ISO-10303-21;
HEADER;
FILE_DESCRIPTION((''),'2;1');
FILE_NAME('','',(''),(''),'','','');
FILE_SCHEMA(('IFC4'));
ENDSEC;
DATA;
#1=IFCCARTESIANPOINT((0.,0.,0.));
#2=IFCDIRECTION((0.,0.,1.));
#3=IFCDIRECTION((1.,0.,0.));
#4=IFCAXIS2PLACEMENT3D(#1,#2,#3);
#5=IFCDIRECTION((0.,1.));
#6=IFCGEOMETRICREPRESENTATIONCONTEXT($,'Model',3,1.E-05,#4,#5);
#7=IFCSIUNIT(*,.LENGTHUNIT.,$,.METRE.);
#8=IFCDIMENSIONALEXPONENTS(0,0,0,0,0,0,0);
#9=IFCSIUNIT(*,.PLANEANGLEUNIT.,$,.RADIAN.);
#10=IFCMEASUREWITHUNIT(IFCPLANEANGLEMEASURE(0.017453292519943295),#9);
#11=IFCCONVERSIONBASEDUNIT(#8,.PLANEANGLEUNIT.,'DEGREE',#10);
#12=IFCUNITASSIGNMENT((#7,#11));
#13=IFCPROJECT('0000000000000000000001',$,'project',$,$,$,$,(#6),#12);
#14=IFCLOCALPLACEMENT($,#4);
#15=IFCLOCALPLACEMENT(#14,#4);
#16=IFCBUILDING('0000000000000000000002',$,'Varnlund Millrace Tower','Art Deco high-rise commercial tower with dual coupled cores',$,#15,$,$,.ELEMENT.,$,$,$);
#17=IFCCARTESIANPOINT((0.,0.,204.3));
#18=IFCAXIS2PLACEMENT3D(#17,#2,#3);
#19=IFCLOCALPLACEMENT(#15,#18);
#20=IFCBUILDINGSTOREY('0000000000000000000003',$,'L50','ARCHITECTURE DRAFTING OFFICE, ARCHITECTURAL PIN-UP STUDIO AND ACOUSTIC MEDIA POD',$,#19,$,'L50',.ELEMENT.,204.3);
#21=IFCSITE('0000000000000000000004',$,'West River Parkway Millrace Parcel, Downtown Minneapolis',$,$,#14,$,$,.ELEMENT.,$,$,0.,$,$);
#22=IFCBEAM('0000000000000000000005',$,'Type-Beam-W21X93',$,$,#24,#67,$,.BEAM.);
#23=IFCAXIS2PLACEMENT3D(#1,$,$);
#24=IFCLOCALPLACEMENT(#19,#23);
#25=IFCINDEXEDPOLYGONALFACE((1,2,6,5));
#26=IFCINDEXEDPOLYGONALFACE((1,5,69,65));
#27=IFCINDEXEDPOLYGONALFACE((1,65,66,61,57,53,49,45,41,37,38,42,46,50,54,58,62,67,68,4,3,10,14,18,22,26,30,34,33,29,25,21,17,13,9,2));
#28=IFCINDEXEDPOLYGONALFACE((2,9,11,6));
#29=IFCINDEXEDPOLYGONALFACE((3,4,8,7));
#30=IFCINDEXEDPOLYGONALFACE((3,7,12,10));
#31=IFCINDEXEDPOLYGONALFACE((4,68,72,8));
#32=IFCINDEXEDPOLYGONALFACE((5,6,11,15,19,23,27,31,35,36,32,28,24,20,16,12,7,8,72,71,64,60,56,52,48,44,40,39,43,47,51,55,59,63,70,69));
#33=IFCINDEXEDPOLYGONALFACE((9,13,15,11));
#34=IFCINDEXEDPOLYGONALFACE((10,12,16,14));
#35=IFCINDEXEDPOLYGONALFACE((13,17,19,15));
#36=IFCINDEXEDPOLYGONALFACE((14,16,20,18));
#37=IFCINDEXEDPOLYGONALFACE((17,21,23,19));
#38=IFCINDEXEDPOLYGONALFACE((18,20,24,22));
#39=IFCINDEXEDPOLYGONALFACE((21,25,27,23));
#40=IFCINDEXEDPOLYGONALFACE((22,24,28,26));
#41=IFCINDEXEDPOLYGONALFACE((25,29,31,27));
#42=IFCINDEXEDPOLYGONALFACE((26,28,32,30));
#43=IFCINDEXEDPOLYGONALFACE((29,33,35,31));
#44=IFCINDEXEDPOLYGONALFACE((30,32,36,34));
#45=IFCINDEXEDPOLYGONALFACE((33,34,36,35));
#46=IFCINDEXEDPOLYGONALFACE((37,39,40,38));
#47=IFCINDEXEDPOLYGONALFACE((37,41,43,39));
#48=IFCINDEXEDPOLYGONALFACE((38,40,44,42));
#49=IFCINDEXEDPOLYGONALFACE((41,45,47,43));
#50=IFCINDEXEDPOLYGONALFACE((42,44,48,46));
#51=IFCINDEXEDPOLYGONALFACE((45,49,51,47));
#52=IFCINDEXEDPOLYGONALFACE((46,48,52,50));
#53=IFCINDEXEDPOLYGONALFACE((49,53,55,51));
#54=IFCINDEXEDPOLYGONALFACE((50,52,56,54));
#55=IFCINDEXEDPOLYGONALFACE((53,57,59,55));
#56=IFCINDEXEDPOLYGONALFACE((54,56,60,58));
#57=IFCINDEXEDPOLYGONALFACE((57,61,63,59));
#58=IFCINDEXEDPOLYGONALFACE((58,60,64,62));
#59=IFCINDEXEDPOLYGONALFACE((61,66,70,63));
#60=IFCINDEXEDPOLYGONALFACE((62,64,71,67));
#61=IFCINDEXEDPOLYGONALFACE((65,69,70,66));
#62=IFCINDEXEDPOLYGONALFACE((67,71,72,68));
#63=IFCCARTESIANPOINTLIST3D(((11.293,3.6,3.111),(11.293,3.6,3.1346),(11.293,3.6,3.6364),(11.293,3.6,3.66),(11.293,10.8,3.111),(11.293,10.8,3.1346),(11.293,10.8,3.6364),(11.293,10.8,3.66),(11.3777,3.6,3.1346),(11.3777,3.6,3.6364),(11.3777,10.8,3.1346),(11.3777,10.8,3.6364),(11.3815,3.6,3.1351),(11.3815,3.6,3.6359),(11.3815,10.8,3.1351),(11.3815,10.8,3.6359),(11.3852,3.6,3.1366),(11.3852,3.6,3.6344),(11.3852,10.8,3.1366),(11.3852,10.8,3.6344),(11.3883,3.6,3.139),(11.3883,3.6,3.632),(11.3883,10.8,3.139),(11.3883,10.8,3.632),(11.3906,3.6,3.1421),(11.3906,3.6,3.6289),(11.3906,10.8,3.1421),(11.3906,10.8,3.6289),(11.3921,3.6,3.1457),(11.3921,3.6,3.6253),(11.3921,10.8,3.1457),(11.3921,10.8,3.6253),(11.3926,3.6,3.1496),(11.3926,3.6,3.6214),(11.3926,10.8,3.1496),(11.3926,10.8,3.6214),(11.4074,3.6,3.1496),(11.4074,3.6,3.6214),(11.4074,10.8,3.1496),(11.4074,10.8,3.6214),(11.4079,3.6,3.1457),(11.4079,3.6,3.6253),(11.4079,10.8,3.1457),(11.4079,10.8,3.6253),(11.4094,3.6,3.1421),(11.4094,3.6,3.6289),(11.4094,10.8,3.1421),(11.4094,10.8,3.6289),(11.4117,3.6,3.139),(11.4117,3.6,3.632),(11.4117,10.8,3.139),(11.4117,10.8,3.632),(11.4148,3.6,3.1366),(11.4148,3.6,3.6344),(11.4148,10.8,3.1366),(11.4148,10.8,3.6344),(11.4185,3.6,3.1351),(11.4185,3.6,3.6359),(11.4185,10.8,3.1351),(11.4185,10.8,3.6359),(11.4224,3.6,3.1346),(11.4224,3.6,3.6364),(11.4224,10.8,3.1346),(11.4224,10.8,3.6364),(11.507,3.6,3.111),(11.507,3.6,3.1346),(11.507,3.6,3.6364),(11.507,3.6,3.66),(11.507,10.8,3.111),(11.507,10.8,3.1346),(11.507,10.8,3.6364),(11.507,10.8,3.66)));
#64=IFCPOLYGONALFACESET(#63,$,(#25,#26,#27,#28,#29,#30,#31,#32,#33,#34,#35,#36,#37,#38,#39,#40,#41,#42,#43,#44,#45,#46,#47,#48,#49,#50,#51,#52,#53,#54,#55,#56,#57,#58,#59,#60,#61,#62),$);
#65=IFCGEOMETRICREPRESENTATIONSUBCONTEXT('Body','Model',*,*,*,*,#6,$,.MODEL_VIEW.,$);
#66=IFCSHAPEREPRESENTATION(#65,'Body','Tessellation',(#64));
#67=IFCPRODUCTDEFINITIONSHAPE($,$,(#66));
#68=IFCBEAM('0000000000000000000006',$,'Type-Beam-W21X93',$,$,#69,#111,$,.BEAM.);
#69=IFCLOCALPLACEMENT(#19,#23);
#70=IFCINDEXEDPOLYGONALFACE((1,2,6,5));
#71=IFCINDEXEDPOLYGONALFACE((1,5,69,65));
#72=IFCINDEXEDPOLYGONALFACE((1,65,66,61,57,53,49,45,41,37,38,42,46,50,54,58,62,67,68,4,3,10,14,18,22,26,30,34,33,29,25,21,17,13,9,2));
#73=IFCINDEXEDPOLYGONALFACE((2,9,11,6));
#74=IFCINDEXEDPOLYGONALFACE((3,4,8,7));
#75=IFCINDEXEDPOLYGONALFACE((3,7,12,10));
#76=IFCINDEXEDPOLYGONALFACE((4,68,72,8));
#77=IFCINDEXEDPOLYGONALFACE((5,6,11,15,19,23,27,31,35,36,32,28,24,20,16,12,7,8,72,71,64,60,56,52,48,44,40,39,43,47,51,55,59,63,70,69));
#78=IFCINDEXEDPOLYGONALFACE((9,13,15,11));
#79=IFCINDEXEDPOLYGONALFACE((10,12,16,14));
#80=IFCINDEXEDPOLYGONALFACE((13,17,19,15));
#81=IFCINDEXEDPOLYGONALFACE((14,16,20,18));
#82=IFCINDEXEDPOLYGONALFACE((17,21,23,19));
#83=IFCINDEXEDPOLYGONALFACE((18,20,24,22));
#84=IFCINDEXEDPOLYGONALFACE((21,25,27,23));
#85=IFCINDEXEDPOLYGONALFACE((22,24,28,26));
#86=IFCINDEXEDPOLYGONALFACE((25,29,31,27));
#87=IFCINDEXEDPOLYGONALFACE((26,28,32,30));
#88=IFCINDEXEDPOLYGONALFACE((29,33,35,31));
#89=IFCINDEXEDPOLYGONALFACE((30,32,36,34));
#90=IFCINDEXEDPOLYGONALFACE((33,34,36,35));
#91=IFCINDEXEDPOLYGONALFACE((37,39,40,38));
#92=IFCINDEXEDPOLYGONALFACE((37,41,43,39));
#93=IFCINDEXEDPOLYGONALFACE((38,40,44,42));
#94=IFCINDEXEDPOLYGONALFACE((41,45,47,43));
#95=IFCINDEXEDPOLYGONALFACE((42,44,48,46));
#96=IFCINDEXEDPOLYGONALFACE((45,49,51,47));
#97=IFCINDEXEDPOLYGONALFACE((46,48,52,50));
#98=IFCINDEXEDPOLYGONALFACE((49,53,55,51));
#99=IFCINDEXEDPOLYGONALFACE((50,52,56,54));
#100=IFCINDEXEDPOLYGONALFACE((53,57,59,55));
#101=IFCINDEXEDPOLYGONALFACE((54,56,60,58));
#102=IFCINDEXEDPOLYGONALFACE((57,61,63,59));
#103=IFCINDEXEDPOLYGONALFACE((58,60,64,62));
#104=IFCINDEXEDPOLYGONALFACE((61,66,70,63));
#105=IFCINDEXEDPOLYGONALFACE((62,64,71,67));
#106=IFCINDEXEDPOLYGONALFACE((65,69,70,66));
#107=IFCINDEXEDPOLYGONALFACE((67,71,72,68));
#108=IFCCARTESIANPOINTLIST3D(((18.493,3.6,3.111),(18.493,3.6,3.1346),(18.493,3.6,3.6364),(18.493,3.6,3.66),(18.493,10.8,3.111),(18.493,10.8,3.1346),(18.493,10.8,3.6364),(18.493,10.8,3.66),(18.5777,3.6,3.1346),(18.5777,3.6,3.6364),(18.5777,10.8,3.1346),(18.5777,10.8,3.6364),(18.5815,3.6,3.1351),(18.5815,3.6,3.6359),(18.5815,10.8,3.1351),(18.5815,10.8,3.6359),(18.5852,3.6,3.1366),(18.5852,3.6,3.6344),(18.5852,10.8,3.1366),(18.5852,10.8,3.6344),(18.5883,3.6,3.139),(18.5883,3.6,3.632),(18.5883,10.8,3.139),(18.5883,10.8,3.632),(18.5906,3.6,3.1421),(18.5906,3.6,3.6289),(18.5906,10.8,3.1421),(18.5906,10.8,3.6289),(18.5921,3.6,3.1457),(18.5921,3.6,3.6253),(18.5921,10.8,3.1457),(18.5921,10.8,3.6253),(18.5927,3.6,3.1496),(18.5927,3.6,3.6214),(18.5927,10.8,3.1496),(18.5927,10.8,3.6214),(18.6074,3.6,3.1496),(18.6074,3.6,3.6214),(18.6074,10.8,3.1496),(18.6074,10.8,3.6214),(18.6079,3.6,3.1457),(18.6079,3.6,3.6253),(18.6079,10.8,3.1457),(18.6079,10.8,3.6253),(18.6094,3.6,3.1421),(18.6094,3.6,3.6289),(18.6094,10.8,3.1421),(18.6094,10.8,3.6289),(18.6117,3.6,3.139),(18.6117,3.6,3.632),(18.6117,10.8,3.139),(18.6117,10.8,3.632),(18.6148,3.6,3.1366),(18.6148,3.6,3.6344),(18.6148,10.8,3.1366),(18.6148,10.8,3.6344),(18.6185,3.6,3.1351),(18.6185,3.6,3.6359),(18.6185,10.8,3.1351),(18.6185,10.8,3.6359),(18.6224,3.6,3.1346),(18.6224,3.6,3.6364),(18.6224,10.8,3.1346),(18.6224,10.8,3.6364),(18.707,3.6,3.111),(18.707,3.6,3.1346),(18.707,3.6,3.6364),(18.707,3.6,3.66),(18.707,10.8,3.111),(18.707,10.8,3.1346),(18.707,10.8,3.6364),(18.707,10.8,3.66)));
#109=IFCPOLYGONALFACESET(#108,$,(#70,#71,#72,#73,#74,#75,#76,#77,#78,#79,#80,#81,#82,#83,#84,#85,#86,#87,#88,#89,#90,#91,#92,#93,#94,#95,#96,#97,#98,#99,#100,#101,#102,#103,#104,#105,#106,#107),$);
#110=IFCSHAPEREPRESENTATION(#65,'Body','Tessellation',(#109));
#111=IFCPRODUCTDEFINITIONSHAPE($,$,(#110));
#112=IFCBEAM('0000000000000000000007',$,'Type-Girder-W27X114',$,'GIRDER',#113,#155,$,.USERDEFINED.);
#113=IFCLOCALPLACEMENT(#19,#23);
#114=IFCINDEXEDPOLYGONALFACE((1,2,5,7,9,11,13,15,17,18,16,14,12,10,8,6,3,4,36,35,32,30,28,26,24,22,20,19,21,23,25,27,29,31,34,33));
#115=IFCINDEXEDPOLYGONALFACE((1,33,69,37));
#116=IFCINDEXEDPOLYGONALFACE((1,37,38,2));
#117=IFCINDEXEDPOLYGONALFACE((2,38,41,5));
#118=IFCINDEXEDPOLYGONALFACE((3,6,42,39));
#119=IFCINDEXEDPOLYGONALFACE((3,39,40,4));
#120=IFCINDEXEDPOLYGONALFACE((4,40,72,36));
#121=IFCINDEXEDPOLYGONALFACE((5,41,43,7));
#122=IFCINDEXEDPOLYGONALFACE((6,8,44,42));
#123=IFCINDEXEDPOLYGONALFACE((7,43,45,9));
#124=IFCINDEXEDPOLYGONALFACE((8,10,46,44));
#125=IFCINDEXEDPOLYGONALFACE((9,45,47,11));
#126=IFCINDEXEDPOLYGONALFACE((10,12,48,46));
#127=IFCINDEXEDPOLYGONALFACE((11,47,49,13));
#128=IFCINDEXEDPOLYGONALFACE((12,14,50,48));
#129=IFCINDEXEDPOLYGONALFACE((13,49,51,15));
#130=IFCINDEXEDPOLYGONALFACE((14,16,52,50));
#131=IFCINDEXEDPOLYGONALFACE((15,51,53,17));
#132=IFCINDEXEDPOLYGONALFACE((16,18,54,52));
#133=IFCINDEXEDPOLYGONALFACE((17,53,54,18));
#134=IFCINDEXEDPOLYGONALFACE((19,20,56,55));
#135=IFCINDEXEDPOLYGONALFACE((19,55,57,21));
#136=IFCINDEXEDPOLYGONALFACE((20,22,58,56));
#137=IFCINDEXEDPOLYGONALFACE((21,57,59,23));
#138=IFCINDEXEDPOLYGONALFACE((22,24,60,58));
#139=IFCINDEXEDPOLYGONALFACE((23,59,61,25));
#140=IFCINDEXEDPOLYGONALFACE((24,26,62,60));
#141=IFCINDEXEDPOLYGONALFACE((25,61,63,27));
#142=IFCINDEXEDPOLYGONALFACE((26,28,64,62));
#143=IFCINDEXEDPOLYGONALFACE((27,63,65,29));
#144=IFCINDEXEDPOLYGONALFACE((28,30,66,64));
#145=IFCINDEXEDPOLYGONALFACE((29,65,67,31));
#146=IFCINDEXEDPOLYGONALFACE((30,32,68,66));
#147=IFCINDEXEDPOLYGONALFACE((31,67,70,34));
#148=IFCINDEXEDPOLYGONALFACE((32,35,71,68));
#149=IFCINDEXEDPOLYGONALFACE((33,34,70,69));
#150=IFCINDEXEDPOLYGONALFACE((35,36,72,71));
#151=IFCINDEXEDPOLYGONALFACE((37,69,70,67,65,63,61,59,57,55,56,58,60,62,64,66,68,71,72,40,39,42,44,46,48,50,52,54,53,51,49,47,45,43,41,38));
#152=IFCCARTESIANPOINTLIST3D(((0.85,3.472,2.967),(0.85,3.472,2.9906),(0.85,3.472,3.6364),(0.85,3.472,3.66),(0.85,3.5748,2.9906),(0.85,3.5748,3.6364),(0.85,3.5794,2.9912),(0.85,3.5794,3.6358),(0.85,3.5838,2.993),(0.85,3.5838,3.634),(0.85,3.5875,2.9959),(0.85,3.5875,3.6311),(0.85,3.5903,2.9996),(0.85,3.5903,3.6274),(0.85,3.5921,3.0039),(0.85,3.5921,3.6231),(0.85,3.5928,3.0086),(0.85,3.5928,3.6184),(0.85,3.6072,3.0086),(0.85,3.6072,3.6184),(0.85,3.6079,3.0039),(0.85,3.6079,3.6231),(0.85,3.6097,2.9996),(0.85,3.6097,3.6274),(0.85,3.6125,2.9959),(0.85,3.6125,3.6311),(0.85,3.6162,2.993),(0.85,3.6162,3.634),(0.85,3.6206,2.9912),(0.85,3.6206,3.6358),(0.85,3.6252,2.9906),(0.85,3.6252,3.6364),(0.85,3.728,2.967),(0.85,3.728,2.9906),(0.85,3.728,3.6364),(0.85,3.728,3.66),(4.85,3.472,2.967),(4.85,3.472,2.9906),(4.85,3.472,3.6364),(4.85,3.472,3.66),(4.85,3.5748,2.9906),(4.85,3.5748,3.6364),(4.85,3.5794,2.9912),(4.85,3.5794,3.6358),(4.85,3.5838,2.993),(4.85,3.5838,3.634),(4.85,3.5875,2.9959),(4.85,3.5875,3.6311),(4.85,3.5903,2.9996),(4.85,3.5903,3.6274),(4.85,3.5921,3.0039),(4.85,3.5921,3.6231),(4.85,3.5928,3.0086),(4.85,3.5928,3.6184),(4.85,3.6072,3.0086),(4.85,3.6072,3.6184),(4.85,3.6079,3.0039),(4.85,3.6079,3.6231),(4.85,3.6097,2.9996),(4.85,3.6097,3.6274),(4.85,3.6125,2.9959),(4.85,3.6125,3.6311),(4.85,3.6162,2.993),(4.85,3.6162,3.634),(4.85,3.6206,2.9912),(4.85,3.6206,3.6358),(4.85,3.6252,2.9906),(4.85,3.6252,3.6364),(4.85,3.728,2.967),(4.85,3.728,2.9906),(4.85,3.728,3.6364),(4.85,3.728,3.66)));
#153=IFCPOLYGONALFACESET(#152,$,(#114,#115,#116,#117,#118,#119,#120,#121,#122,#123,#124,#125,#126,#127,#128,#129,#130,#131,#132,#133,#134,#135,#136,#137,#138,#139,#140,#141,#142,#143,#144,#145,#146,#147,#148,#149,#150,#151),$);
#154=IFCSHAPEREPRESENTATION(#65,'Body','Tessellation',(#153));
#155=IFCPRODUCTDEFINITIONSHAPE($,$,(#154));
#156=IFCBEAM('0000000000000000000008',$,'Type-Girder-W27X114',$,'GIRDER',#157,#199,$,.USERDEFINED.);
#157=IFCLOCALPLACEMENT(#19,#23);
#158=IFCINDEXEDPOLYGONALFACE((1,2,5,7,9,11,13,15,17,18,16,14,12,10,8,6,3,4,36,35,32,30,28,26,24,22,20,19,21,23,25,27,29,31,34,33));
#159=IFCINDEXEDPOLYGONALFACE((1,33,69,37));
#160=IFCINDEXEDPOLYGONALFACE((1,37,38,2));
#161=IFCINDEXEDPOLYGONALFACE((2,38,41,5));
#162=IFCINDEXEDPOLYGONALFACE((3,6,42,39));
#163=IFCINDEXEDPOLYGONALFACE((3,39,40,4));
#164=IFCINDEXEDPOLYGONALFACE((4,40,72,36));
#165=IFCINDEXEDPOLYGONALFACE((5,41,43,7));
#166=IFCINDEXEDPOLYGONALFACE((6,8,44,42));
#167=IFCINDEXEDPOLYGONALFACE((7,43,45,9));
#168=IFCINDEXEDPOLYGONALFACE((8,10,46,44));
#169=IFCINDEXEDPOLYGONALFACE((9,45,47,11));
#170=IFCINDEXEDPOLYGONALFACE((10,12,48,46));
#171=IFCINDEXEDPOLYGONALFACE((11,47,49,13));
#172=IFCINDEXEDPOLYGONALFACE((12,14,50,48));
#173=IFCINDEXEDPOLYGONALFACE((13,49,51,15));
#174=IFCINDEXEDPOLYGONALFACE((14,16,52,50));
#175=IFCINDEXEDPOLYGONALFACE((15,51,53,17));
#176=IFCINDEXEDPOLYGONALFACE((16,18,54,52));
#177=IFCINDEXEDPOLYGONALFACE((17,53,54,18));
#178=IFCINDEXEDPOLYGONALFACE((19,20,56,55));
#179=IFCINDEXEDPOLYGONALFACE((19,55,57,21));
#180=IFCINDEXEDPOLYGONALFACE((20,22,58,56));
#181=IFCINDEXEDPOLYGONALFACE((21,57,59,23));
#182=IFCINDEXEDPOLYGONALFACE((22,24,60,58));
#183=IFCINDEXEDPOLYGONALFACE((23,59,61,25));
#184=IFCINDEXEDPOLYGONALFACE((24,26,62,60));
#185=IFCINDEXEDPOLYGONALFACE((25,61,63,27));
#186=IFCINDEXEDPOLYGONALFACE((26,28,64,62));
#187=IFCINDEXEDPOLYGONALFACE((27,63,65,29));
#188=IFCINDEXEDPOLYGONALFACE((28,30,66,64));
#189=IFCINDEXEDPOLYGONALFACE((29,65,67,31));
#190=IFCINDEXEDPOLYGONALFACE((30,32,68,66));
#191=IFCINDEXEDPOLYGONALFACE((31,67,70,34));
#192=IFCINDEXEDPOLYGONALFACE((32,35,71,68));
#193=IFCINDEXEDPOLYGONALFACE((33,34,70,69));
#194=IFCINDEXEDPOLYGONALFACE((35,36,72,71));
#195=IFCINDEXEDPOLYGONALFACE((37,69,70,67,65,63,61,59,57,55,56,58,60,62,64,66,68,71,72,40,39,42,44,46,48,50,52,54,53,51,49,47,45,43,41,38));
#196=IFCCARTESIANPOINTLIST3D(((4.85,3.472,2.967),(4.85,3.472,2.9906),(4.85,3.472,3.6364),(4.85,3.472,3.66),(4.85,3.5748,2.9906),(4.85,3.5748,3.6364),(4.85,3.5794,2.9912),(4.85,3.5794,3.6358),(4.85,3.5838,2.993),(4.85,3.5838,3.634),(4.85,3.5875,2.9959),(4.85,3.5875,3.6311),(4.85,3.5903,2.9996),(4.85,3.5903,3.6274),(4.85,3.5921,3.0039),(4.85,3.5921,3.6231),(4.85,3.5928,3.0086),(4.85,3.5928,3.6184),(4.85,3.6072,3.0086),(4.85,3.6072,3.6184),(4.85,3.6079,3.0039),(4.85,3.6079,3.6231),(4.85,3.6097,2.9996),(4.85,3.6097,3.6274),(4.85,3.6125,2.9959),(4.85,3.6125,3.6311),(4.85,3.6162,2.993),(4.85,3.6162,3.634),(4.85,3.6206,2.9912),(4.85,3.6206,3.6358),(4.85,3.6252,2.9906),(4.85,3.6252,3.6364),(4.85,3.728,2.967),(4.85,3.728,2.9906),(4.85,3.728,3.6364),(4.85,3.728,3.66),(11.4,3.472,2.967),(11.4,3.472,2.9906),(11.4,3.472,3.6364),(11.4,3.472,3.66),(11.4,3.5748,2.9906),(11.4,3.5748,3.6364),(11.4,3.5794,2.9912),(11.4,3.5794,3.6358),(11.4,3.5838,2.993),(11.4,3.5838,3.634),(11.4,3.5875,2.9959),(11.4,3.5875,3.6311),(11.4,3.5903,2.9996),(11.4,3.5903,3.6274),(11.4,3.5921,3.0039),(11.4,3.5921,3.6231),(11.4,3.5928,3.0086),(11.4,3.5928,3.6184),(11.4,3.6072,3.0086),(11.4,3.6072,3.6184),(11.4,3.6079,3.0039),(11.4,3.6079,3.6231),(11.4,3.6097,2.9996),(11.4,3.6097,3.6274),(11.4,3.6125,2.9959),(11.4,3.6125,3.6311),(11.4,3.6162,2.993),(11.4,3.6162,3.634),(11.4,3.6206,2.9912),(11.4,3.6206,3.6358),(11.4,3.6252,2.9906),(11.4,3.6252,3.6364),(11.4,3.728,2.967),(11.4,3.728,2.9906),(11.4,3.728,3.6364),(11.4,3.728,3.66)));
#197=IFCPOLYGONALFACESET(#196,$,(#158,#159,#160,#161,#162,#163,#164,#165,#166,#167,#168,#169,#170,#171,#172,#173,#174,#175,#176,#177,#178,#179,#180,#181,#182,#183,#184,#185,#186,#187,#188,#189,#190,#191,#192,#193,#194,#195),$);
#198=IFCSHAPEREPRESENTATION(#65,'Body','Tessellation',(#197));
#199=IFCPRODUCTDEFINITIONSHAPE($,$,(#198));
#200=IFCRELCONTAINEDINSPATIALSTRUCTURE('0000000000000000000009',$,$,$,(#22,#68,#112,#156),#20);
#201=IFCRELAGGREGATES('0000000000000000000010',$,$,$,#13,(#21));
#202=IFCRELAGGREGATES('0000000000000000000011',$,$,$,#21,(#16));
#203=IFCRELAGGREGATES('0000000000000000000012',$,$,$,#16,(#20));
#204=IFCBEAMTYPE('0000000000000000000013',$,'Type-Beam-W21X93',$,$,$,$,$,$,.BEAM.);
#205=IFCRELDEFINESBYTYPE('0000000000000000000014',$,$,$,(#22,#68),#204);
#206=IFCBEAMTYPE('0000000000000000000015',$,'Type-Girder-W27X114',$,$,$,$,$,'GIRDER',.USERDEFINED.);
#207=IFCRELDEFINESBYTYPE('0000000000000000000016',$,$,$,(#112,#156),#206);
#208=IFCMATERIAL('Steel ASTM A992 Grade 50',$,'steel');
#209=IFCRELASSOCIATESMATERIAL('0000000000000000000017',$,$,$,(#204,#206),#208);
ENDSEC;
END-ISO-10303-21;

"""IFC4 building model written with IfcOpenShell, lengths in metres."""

from ifc_helpers import new_model, entity, si_unit, converted_unit, direction, frame, origin_with_axes, origin_2d_with_axis, place, context, subcontext, project, spatial, i_section, extrude, material, material_profile, profile_set, type_object, element, save


model = new_model("IFC4")

# Units and contexts
model_context = context("Model", 3, precision=1e-05, world=origin_with_axes(), true_north=direction((0.0, 1.0)))
body_context = subcontext(model_context, "Body", "Model", "MODEL_VIEW")
ifc_project = project(units=[si_unit("LENGTHUNIT", "METRE"), converted_unit("PLANEANGLEUNIT", "DEGREE", entity("IfcPlaneAngleMeasure", 0.017453292519943295), si_unit("PLANEANGLEUNIT", "RADIAN"), dimensions=[0, 0, 0, 0, 0, 0, 0])], contexts=[model_context])

# Site, building, storey
site_placement = place(None, origin_with_axes())
site = spatial("IfcSite", under=ifc_project, at=site_placement, Name="West River Parkway Millrace Parcel, Downtown Minneapolis", CompositionType="ELEMENT", RefElevation=0.0)
building_placement = place(site_placement, origin_with_axes())
building = spatial("IfcBuilding", under=site, at=building_placement, Name="Varnlund Millrace Tower", Description="Art Deco high-rise commercial tower with dual coupled cores", CompositionType="ELEMENT")
storey_placement = place(building_placement, frame((0.0, 0.0, 204.3), z_axis=(0.0, 0.0, 1.0), x_axis=(1.0, 0.0, 0.0)))
storey = spatial("IfcBuildingStorey", under=building, at=storey_placement, Name="L50", Description="ARCHITECTURE DRAFTING OFFICE, ARCHITECTURAL PIN-UP STUDIO AND ACOUSTIC MEDIA POD", LongName="L50", CompositionType="ELEMENT", Elevation=204.3)

# Beams
ifc_material_1 = material(Name="Steel ASTM A992 Grade 50", Category="steel")
ifc_material_profile_1 = material_profile(ifc_material_1, i_section(OverallWidth=0.214, OverallDepth=0.549, WebThickness=0.0147, FlangeThickness=0.0236, FilletRadius=0.015, at=origin_2d_with_axis()), Name="Steel ASTM A992 Grade 50")
ifc_profile_set_1 = profile_set([ifc_material_profile_1], Name="Steel ASTM A992 Grade 50")
beam_type_1 = type_object("IfcBeamType", Name="Type-Beam-W21X93", PredefinedType="BEAM", material=ifc_profile_set_1)
for number, where, z_axis, x_axis, name in (
    (1, (11.4, 3.6, 3.3855), (0.0, 1.0, 0.0), (-1.0, 0.0, 0.0), "Type-Beam-W21X93"),
    (2, (18.6, 3.6, 3.3855), (0.0, 1.0, 0.0), (-1.0, 0.0, 0.0), "Type-Beam-W21X93"),
):
    element("IfcBeam", number, at=place(storey_placement, frame(where, z_axis=z_axis, x_axis=x_axis)), inside=storey, type_object=beam_type_1, Name=name, PredefinedType="BEAM", context=body_context, shape_type="SweptSolid", body=[
        extrude(i_section(OverallWidth=0.214, OverallDepth=0.549, WebThickness=0.0147, FlangeThickness=0.0236, FilletRadius=0.015, at=origin_2d_with_axis()), origin_with_axes(), (0.0, 0.0, 1.0), 7.2),
    ])
ifc_material_profile_2 = material_profile(ifc_material_1, i_section(OverallWidth=0.256, OverallDepth=0.693, WebThickness=0.0145, FlangeThickness=0.0236, FilletRadius=0.018, at=origin_2d_with_axis()), Name="Steel ASTM A992 Grade 50")
ifc_profile_set_2 = profile_set([ifc_material_profile_2], Name="Steel ASTM A992 Grade 50")
beam_type_2 = type_object("IfcBeamType", Name="Type-Girder-W27X114", ElementType="GIRDER", PredefinedType="USERDEFINED", material=ifc_profile_set_2)
beam_1_placement = place(storey_placement, frame((0.85, 3.6, 3.3135), z_axis=(1.0, 0.0, 0.0), x_axis=(0.0, 1.0, 0.0)))
element("IfcBeam", 3, at=beam_1_placement, inside=storey, type_object=beam_type_2, Name="Type-Girder-W27X114", ObjectType="GIRDER", PredefinedType="USERDEFINED", context=body_context, shape_type="SweptSolid", body=[
    extrude(i_section(OverallWidth=0.256, OverallDepth=0.693, WebThickness=0.0145, FlangeThickness=0.0236, FilletRadius=0.018, at=origin_2d_with_axis()), origin_with_axes(), (0.0, 0.0, 1.0), 4.0),
])
beam_2_placement = place(storey_placement, frame((4.85, 3.6, 3.3135), z_axis=(1.0, 0.0, 0.0), x_axis=(0.0, 1.0, 0.0)))
element("IfcBeam", 4, at=beam_2_placement, inside=storey, type_object=beam_type_2, Name="Type-Girder-W27X114", ObjectType="GIRDER", PredefinedType="USERDEFINED", context=body_context, shape_type="SweptSolid", body=[
    extrude(i_section(OverallWidth=0.256, OverallDepth=0.693, WebThickness=0.0145, FlangeThickness=0.0236, FilletRadius=0.018, at=origin_2d_with_axis()), origin_with_axes(), (0.0, 0.0, 1.0), 6.55),
])

save(model, "model.ifc")
